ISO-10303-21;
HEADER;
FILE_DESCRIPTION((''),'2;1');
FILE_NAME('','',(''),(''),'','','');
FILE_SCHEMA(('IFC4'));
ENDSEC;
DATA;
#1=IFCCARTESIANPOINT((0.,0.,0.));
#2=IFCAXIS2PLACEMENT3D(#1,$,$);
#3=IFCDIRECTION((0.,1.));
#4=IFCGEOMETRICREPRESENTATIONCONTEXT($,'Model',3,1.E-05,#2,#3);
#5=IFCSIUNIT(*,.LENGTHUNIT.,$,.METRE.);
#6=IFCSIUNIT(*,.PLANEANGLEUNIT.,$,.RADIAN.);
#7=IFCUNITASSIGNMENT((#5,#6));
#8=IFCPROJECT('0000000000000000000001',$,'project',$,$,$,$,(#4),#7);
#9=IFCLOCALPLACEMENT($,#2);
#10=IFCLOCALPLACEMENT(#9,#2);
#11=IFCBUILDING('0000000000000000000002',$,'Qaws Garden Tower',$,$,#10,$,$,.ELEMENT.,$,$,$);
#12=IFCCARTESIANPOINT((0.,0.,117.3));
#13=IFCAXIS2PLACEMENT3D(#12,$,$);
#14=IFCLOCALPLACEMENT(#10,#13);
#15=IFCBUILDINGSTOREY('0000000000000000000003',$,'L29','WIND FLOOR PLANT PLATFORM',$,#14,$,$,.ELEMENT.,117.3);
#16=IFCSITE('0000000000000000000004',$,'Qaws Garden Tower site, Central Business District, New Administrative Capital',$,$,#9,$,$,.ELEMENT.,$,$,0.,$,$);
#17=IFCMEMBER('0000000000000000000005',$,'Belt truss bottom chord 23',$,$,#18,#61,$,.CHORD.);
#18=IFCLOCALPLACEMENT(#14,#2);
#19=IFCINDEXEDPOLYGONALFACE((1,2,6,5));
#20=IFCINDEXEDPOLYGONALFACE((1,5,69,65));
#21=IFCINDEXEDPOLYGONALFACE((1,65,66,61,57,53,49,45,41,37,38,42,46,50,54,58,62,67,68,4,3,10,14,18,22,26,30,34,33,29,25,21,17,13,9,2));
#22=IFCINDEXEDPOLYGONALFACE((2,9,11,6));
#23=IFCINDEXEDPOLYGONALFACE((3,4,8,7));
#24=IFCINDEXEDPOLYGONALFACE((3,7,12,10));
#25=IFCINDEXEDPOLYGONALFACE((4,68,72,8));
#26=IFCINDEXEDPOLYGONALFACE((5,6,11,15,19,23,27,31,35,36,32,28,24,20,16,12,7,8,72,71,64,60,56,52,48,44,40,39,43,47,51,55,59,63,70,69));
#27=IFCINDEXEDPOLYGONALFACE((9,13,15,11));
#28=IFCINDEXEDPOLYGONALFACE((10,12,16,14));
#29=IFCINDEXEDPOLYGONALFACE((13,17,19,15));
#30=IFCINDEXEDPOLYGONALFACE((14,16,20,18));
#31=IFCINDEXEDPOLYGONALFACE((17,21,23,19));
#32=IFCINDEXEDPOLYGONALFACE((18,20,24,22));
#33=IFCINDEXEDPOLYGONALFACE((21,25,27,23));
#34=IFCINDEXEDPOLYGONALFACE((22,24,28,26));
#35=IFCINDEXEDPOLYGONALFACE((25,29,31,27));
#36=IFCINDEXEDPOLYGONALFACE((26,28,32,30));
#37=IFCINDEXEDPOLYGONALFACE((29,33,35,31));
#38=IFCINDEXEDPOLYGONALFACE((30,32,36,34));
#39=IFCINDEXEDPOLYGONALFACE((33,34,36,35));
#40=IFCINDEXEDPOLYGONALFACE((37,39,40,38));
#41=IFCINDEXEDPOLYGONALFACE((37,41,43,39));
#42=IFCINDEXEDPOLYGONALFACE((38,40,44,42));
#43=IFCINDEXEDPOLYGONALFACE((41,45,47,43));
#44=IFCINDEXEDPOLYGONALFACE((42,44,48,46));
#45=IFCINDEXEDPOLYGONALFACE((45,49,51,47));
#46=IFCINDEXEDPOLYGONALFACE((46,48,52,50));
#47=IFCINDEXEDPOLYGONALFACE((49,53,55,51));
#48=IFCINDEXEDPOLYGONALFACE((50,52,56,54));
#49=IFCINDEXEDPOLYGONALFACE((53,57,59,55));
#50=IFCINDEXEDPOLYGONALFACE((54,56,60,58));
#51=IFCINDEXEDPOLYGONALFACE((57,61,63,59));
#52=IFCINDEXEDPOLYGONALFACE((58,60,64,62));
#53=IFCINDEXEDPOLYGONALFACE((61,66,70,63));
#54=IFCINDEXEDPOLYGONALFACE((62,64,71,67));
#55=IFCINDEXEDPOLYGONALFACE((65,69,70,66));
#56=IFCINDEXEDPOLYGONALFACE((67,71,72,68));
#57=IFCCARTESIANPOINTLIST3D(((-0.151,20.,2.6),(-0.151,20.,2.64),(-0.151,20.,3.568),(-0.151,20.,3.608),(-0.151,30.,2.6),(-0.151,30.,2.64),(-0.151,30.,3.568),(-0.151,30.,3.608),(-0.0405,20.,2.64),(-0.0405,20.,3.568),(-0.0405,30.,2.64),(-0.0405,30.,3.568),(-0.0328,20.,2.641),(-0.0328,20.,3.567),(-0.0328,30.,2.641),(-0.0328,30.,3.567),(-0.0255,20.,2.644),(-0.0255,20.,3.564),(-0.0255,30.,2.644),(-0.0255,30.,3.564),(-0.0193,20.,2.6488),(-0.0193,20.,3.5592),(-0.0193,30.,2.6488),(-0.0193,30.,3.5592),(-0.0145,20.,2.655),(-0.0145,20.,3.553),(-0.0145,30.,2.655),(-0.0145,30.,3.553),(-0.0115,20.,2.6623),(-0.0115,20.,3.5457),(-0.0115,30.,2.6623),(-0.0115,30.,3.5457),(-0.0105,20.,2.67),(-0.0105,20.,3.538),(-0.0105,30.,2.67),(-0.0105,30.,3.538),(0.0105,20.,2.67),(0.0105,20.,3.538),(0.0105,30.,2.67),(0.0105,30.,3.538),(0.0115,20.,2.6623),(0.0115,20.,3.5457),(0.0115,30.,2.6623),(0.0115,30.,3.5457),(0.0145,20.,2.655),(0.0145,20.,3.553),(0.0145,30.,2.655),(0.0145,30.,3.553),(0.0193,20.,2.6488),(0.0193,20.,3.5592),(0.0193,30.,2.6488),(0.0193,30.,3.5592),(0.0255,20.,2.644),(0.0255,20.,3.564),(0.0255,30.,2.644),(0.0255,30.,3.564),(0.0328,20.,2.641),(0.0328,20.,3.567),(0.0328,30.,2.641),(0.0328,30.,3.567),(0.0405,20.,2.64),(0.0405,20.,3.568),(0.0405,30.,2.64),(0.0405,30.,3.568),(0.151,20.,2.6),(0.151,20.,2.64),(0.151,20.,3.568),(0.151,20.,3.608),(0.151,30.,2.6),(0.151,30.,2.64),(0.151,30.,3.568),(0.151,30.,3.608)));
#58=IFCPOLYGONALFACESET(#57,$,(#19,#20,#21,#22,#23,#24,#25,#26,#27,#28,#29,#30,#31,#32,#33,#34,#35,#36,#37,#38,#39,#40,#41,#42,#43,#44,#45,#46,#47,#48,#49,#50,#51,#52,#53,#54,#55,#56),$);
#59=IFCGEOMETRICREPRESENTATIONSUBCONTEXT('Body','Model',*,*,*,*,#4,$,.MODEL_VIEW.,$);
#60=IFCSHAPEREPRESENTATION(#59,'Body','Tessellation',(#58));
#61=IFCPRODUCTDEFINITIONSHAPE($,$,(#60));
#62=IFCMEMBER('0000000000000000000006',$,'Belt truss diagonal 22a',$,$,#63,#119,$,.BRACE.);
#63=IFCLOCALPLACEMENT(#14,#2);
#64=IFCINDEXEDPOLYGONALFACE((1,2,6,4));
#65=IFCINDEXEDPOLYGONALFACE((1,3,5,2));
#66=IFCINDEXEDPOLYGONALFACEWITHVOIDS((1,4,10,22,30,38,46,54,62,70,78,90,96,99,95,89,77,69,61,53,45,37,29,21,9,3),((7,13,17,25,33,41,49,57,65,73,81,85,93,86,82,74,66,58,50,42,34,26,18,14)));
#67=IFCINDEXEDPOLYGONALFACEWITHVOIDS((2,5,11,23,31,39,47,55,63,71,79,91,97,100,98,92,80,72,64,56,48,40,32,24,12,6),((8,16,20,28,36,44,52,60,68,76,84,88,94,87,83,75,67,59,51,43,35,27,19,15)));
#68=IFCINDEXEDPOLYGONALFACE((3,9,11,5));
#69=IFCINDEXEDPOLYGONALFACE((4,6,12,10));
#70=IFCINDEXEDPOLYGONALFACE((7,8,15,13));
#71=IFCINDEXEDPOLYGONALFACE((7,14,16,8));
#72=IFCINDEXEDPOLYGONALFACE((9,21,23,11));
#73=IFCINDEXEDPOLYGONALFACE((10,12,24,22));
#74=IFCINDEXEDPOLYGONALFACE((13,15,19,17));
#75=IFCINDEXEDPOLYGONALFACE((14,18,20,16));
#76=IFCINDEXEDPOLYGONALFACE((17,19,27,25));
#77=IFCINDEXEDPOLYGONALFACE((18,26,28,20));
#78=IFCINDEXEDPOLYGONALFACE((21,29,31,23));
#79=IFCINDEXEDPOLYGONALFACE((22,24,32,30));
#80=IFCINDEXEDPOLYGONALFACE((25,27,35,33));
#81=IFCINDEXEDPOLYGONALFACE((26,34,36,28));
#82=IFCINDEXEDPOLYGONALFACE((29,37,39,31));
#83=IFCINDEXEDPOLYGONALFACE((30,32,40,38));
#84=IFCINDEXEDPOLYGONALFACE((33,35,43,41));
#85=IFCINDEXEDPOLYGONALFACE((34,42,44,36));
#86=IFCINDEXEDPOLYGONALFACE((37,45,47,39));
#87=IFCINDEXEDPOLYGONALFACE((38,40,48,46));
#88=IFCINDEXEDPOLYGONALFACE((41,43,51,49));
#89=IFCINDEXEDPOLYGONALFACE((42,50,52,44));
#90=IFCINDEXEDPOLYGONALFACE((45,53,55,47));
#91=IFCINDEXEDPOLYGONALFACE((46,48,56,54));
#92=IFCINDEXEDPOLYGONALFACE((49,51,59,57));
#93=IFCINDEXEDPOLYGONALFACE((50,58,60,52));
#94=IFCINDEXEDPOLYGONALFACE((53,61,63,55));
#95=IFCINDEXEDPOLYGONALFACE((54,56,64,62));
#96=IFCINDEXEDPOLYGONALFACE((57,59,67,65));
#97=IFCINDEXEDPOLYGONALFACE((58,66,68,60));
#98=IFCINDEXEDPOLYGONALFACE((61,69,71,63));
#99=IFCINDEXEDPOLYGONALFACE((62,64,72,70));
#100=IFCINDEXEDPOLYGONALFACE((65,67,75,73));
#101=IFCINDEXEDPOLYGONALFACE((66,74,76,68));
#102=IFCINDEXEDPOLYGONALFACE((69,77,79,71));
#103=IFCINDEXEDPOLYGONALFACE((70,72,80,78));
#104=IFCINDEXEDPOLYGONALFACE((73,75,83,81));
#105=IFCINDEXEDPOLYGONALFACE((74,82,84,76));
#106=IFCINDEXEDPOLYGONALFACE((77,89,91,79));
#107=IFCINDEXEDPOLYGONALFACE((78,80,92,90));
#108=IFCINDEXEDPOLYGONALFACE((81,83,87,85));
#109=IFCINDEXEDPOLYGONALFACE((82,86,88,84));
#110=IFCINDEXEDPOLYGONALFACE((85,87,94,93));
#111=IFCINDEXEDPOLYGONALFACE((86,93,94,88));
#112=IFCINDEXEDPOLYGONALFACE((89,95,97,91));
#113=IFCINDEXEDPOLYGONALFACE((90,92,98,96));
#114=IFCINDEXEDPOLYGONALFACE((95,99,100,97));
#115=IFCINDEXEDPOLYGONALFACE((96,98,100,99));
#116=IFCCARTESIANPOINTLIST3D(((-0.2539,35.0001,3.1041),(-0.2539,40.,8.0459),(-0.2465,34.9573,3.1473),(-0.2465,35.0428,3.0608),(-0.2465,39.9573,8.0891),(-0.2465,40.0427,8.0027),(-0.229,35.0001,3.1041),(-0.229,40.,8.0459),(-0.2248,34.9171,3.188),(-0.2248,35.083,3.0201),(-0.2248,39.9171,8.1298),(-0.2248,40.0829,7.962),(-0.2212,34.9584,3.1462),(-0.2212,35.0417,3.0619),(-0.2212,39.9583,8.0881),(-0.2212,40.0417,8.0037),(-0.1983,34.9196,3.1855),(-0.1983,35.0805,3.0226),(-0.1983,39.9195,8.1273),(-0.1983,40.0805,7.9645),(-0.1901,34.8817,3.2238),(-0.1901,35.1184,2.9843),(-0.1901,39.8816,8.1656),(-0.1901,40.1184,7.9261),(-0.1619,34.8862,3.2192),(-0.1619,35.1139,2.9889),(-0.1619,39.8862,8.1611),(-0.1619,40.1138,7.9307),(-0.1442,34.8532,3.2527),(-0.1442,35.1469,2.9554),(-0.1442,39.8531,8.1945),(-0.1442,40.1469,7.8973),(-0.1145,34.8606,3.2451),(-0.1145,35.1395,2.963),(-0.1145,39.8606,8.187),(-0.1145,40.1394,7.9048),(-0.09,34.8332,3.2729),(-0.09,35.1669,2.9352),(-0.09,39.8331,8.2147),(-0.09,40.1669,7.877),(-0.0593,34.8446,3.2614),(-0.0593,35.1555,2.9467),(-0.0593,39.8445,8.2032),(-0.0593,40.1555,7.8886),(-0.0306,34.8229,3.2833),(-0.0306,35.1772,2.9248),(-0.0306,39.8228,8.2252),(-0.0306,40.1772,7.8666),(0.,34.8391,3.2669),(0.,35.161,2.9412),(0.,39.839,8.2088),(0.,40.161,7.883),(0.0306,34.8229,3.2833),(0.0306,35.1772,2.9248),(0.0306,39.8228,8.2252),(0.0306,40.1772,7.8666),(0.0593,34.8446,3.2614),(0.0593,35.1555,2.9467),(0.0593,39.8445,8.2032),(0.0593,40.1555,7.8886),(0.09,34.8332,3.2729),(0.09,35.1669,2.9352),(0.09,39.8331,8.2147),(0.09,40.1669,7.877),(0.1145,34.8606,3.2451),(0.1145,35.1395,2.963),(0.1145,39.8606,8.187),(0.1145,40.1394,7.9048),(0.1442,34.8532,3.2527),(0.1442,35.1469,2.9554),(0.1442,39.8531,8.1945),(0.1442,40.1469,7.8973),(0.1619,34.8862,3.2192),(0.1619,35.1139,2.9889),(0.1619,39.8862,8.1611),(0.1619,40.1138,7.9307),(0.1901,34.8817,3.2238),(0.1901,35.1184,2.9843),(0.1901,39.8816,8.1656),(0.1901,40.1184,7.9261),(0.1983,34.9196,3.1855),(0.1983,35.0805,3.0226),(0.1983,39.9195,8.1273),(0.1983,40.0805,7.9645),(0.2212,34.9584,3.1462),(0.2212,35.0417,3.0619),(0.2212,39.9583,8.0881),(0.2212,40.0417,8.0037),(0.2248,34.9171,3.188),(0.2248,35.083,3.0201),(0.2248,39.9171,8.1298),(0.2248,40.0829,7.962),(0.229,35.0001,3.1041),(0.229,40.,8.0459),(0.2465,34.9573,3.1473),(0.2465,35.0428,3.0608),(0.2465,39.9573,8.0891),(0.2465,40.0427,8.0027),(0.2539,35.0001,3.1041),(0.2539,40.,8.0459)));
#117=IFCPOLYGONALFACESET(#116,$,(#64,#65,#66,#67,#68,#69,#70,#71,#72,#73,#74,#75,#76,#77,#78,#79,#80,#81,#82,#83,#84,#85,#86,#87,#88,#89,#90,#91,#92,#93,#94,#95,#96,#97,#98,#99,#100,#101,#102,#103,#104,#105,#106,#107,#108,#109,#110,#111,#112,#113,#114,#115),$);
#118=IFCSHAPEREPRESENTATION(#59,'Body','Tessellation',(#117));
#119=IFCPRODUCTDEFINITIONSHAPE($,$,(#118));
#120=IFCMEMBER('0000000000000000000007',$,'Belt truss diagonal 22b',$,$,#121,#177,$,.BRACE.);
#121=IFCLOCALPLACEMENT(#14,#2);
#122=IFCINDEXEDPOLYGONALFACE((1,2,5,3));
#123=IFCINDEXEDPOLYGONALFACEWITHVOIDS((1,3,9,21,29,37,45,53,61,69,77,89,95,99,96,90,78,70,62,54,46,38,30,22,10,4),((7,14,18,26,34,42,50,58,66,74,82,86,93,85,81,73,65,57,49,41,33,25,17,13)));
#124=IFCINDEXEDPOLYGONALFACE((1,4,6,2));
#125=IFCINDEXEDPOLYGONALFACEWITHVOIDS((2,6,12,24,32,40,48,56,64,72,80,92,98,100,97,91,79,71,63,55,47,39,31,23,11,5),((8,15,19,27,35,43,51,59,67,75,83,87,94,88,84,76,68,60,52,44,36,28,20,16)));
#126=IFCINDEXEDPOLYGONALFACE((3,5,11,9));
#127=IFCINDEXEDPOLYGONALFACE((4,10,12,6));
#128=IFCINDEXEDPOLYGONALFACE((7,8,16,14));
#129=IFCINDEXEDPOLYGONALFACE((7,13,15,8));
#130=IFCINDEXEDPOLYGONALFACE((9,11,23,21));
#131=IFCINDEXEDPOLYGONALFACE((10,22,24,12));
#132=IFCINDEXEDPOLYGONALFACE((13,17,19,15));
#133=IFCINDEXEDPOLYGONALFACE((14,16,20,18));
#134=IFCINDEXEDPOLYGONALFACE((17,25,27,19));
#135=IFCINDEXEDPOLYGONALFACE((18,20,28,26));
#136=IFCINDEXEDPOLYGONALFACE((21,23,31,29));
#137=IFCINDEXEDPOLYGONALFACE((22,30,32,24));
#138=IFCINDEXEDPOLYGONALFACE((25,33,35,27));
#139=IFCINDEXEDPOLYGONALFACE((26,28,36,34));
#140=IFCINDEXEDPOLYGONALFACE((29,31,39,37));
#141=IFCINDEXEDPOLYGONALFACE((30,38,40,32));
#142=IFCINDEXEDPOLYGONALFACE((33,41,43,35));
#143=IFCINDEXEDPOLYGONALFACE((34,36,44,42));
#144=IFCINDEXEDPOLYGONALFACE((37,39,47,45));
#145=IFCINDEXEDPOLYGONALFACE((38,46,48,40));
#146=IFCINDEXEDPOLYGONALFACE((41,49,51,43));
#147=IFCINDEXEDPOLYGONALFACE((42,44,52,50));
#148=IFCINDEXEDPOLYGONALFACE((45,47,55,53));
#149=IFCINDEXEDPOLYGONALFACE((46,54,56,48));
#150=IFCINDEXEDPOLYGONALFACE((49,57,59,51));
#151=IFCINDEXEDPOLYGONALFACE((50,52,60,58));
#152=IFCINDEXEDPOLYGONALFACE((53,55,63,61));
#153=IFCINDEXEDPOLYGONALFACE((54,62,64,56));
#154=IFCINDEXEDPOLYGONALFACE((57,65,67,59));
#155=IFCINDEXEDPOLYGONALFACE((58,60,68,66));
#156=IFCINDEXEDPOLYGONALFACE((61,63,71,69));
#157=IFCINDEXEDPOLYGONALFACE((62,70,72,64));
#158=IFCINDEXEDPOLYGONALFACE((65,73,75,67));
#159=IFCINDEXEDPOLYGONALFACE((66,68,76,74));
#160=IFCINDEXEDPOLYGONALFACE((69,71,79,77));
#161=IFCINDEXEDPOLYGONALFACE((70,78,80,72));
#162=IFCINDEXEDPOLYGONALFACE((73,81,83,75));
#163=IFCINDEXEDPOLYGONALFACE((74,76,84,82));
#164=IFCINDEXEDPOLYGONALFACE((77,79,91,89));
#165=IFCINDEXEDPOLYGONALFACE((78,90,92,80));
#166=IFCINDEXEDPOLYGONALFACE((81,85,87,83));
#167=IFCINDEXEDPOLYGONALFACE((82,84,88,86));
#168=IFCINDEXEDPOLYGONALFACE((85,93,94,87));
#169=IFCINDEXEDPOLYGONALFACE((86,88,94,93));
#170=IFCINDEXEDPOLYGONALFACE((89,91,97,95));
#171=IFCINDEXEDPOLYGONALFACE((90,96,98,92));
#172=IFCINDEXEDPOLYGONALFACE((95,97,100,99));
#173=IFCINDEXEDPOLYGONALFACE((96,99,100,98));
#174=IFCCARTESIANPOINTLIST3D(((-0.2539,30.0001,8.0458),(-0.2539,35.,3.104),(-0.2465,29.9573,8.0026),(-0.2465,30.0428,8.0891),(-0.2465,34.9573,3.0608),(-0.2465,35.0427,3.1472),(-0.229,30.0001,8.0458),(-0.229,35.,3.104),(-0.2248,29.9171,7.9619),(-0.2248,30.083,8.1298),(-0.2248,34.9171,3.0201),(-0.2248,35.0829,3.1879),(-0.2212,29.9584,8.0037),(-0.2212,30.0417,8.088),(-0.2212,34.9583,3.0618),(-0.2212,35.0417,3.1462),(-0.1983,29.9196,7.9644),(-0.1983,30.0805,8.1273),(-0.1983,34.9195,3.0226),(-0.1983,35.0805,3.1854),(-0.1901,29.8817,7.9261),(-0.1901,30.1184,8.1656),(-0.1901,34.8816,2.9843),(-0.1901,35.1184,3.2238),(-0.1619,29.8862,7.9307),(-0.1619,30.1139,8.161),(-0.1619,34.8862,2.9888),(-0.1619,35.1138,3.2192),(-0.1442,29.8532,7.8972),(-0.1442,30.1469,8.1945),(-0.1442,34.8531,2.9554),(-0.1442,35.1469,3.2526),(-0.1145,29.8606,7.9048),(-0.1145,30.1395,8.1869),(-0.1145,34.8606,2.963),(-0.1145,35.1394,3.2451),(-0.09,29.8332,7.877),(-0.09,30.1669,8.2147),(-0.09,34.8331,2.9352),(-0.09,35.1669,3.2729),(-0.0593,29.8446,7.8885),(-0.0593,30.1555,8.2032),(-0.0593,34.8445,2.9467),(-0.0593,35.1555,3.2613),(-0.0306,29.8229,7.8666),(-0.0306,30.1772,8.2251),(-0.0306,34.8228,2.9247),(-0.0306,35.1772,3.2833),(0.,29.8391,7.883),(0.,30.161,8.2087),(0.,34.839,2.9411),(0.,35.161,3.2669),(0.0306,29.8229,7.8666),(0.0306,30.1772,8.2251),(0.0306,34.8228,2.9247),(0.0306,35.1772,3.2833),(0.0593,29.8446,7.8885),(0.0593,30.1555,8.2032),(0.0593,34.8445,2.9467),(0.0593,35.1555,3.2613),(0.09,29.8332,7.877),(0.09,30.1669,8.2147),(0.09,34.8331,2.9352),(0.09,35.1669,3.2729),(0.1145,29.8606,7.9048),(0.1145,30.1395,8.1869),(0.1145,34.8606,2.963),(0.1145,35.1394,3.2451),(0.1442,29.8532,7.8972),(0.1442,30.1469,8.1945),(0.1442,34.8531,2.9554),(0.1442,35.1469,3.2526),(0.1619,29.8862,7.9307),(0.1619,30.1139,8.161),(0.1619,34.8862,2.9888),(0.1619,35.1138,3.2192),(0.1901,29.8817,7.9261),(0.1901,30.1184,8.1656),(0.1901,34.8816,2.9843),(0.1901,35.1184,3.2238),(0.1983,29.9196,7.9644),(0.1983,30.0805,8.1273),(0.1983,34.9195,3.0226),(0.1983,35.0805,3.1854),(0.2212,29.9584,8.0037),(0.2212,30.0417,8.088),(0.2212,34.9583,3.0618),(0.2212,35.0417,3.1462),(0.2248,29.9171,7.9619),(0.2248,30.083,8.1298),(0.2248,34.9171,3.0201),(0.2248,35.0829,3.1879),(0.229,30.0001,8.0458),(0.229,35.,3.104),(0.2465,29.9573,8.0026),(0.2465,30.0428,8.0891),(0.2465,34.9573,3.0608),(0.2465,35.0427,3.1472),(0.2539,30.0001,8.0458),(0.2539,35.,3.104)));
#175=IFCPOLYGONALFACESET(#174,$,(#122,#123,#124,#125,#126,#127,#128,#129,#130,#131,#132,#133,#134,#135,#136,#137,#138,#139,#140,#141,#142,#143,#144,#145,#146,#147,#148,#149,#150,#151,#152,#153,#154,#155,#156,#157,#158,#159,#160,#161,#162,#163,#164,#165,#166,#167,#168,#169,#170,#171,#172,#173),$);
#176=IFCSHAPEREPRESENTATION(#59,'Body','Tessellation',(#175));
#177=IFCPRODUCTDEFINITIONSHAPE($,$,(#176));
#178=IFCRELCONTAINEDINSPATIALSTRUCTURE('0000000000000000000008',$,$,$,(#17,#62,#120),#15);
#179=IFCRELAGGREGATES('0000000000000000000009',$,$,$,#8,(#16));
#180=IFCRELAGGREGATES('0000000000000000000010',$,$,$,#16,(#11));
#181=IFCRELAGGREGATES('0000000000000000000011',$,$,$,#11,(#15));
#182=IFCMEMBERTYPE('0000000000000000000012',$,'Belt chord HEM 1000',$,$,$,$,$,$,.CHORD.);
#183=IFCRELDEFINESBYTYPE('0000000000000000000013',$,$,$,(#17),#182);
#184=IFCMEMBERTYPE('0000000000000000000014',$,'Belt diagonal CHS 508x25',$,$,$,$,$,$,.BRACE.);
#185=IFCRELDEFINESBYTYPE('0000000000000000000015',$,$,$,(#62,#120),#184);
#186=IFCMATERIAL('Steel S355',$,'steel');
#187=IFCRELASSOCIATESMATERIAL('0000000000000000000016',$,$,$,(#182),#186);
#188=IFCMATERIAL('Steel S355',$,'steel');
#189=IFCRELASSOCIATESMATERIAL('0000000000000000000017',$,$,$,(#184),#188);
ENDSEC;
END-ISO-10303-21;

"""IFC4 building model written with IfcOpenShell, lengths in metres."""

from ifc_helpers import new_model, si_unit, direction, frame, origin, origin_2d, place, context, subcontext, project, spatial, hollow_circle, i_section, extrude, material, material_profile, profile_set, type_object, element, save


model = new_model("IFC4")

# Units and contexts
model_context = context("Model", 3, precision=1e-05, world=origin(), true_north=direction((0.0, 1.0)))
body_context = subcontext(model_context, "Body", "Model", "MODEL_VIEW")
ifc_project = project(units=[si_unit("LENGTHUNIT", "METRE"), si_unit("PLANEANGLEUNIT", "RADIAN")], contexts=[model_context])

# Site, building, storey
site_placement = place(None, origin())
site = spatial("IfcSite", under=ifc_project, at=site_placement, Name="Qaws Garden Tower site, Central Business District, New Administrative Capital", CompositionType="ELEMENT", RefElevation=0.0)
building_placement = place(site_placement, origin())
building = spatial("IfcBuilding", under=site, at=building_placement, Name="Qaws Garden Tower", CompositionType="ELEMENT")
storey_placement = place(building_placement, frame((0.0, 0.0, 117.3)))
storey = spatial("IfcBuildingStorey", under=building, at=storey_placement, Name="L29", Description="WIND FLOOR PLANT PLATFORM", CompositionType="ELEMENT", Elevation=117.3)

# Members
ifc_material_1 = material(Name="Steel S355", Category="steel")
ifc_material_profile_1 = material_profile(ifc_material_1, i_section(OverallWidth=0.302, OverallDepth=1.0081, WebThickness=0.021, FlangeThickness=0.04, FilletRadius=0.03, at=origin_2d()), Name="HEM 1000")
ifc_profile_set_1 = profile_set([ifc_material_profile_1], Name="Steel S355")
member_type_1 = type_object("IfcMemberType", Name="Belt chord HEM 1000", PredefinedType="CHORD", material=ifc_profile_set_1)
for number, where, z_axis, x_axis, name in (
    (1, (0.0, 30.0, 3.104), (0.0, -1.0, 0.0), (1.0, 0.0, 0.0), "Belt truss bottom chord 23"),
):
    element("IfcMember", number, at=place(storey_placement, frame(where, z_axis=z_axis, x_axis=x_axis)), inside=storey, type_object=member_type_1, Name=name, PredefinedType="CHORD", context=body_context, shape_type="SweptSolid", body=[
        extrude(i_section(OverallWidth=0.302, OverallDepth=1.0081, WebThickness=0.021, FlangeThickness=0.04, FilletRadius=0.03, at=origin_2d()), origin(), (0.0, 0.0, 1.0), 10.0),
    ])
ifc_material_2 = material(Name="Steel S355", Category="steel")
ifc_material_profile_2 = material_profile(ifc_material_2, hollow_circle(Radius=0.2539, WallThickness=0.0249, at=origin_2d()), Name="CHS 508x25")
ifc_profile_set_2 = profile_set([ifc_material_profile_2], Name="Steel S355")
member_type_2 = type_object("IfcMemberType", Name="Belt diagonal CHS 508x25", PredefinedType="BRACE", material=ifc_profile_set_2)
for number, where, z_axis, x_axis, name in (
    (2, (0.0, 40.0, 8.0459), (0.0, -0.711227, -0.702962), (1.0, 0.0, 0.0), "Belt truss diagonal 22a"),
    (3, (0.0, 35.0, 3.104), (0.0, -0.711227, 0.702962), (1.0, 0.0, 0.0), "Belt truss diagonal 22b"),
):
    element("IfcMember", number, at=place(storey_placement, frame(where, z_axis=z_axis, x_axis=x_axis)), inside=storey, type_object=member_type_2, Name=name, PredefinedType="BRACE", context=body_context, shape_type="SweptSolid", body=[
        extrude(hollow_circle(Radius=0.2539, WallThickness=0.0249, at=origin_2d()), origin(), (0.0, 0.0, 1.0), 7.03),
    ])

save(model, "model.ifc")
